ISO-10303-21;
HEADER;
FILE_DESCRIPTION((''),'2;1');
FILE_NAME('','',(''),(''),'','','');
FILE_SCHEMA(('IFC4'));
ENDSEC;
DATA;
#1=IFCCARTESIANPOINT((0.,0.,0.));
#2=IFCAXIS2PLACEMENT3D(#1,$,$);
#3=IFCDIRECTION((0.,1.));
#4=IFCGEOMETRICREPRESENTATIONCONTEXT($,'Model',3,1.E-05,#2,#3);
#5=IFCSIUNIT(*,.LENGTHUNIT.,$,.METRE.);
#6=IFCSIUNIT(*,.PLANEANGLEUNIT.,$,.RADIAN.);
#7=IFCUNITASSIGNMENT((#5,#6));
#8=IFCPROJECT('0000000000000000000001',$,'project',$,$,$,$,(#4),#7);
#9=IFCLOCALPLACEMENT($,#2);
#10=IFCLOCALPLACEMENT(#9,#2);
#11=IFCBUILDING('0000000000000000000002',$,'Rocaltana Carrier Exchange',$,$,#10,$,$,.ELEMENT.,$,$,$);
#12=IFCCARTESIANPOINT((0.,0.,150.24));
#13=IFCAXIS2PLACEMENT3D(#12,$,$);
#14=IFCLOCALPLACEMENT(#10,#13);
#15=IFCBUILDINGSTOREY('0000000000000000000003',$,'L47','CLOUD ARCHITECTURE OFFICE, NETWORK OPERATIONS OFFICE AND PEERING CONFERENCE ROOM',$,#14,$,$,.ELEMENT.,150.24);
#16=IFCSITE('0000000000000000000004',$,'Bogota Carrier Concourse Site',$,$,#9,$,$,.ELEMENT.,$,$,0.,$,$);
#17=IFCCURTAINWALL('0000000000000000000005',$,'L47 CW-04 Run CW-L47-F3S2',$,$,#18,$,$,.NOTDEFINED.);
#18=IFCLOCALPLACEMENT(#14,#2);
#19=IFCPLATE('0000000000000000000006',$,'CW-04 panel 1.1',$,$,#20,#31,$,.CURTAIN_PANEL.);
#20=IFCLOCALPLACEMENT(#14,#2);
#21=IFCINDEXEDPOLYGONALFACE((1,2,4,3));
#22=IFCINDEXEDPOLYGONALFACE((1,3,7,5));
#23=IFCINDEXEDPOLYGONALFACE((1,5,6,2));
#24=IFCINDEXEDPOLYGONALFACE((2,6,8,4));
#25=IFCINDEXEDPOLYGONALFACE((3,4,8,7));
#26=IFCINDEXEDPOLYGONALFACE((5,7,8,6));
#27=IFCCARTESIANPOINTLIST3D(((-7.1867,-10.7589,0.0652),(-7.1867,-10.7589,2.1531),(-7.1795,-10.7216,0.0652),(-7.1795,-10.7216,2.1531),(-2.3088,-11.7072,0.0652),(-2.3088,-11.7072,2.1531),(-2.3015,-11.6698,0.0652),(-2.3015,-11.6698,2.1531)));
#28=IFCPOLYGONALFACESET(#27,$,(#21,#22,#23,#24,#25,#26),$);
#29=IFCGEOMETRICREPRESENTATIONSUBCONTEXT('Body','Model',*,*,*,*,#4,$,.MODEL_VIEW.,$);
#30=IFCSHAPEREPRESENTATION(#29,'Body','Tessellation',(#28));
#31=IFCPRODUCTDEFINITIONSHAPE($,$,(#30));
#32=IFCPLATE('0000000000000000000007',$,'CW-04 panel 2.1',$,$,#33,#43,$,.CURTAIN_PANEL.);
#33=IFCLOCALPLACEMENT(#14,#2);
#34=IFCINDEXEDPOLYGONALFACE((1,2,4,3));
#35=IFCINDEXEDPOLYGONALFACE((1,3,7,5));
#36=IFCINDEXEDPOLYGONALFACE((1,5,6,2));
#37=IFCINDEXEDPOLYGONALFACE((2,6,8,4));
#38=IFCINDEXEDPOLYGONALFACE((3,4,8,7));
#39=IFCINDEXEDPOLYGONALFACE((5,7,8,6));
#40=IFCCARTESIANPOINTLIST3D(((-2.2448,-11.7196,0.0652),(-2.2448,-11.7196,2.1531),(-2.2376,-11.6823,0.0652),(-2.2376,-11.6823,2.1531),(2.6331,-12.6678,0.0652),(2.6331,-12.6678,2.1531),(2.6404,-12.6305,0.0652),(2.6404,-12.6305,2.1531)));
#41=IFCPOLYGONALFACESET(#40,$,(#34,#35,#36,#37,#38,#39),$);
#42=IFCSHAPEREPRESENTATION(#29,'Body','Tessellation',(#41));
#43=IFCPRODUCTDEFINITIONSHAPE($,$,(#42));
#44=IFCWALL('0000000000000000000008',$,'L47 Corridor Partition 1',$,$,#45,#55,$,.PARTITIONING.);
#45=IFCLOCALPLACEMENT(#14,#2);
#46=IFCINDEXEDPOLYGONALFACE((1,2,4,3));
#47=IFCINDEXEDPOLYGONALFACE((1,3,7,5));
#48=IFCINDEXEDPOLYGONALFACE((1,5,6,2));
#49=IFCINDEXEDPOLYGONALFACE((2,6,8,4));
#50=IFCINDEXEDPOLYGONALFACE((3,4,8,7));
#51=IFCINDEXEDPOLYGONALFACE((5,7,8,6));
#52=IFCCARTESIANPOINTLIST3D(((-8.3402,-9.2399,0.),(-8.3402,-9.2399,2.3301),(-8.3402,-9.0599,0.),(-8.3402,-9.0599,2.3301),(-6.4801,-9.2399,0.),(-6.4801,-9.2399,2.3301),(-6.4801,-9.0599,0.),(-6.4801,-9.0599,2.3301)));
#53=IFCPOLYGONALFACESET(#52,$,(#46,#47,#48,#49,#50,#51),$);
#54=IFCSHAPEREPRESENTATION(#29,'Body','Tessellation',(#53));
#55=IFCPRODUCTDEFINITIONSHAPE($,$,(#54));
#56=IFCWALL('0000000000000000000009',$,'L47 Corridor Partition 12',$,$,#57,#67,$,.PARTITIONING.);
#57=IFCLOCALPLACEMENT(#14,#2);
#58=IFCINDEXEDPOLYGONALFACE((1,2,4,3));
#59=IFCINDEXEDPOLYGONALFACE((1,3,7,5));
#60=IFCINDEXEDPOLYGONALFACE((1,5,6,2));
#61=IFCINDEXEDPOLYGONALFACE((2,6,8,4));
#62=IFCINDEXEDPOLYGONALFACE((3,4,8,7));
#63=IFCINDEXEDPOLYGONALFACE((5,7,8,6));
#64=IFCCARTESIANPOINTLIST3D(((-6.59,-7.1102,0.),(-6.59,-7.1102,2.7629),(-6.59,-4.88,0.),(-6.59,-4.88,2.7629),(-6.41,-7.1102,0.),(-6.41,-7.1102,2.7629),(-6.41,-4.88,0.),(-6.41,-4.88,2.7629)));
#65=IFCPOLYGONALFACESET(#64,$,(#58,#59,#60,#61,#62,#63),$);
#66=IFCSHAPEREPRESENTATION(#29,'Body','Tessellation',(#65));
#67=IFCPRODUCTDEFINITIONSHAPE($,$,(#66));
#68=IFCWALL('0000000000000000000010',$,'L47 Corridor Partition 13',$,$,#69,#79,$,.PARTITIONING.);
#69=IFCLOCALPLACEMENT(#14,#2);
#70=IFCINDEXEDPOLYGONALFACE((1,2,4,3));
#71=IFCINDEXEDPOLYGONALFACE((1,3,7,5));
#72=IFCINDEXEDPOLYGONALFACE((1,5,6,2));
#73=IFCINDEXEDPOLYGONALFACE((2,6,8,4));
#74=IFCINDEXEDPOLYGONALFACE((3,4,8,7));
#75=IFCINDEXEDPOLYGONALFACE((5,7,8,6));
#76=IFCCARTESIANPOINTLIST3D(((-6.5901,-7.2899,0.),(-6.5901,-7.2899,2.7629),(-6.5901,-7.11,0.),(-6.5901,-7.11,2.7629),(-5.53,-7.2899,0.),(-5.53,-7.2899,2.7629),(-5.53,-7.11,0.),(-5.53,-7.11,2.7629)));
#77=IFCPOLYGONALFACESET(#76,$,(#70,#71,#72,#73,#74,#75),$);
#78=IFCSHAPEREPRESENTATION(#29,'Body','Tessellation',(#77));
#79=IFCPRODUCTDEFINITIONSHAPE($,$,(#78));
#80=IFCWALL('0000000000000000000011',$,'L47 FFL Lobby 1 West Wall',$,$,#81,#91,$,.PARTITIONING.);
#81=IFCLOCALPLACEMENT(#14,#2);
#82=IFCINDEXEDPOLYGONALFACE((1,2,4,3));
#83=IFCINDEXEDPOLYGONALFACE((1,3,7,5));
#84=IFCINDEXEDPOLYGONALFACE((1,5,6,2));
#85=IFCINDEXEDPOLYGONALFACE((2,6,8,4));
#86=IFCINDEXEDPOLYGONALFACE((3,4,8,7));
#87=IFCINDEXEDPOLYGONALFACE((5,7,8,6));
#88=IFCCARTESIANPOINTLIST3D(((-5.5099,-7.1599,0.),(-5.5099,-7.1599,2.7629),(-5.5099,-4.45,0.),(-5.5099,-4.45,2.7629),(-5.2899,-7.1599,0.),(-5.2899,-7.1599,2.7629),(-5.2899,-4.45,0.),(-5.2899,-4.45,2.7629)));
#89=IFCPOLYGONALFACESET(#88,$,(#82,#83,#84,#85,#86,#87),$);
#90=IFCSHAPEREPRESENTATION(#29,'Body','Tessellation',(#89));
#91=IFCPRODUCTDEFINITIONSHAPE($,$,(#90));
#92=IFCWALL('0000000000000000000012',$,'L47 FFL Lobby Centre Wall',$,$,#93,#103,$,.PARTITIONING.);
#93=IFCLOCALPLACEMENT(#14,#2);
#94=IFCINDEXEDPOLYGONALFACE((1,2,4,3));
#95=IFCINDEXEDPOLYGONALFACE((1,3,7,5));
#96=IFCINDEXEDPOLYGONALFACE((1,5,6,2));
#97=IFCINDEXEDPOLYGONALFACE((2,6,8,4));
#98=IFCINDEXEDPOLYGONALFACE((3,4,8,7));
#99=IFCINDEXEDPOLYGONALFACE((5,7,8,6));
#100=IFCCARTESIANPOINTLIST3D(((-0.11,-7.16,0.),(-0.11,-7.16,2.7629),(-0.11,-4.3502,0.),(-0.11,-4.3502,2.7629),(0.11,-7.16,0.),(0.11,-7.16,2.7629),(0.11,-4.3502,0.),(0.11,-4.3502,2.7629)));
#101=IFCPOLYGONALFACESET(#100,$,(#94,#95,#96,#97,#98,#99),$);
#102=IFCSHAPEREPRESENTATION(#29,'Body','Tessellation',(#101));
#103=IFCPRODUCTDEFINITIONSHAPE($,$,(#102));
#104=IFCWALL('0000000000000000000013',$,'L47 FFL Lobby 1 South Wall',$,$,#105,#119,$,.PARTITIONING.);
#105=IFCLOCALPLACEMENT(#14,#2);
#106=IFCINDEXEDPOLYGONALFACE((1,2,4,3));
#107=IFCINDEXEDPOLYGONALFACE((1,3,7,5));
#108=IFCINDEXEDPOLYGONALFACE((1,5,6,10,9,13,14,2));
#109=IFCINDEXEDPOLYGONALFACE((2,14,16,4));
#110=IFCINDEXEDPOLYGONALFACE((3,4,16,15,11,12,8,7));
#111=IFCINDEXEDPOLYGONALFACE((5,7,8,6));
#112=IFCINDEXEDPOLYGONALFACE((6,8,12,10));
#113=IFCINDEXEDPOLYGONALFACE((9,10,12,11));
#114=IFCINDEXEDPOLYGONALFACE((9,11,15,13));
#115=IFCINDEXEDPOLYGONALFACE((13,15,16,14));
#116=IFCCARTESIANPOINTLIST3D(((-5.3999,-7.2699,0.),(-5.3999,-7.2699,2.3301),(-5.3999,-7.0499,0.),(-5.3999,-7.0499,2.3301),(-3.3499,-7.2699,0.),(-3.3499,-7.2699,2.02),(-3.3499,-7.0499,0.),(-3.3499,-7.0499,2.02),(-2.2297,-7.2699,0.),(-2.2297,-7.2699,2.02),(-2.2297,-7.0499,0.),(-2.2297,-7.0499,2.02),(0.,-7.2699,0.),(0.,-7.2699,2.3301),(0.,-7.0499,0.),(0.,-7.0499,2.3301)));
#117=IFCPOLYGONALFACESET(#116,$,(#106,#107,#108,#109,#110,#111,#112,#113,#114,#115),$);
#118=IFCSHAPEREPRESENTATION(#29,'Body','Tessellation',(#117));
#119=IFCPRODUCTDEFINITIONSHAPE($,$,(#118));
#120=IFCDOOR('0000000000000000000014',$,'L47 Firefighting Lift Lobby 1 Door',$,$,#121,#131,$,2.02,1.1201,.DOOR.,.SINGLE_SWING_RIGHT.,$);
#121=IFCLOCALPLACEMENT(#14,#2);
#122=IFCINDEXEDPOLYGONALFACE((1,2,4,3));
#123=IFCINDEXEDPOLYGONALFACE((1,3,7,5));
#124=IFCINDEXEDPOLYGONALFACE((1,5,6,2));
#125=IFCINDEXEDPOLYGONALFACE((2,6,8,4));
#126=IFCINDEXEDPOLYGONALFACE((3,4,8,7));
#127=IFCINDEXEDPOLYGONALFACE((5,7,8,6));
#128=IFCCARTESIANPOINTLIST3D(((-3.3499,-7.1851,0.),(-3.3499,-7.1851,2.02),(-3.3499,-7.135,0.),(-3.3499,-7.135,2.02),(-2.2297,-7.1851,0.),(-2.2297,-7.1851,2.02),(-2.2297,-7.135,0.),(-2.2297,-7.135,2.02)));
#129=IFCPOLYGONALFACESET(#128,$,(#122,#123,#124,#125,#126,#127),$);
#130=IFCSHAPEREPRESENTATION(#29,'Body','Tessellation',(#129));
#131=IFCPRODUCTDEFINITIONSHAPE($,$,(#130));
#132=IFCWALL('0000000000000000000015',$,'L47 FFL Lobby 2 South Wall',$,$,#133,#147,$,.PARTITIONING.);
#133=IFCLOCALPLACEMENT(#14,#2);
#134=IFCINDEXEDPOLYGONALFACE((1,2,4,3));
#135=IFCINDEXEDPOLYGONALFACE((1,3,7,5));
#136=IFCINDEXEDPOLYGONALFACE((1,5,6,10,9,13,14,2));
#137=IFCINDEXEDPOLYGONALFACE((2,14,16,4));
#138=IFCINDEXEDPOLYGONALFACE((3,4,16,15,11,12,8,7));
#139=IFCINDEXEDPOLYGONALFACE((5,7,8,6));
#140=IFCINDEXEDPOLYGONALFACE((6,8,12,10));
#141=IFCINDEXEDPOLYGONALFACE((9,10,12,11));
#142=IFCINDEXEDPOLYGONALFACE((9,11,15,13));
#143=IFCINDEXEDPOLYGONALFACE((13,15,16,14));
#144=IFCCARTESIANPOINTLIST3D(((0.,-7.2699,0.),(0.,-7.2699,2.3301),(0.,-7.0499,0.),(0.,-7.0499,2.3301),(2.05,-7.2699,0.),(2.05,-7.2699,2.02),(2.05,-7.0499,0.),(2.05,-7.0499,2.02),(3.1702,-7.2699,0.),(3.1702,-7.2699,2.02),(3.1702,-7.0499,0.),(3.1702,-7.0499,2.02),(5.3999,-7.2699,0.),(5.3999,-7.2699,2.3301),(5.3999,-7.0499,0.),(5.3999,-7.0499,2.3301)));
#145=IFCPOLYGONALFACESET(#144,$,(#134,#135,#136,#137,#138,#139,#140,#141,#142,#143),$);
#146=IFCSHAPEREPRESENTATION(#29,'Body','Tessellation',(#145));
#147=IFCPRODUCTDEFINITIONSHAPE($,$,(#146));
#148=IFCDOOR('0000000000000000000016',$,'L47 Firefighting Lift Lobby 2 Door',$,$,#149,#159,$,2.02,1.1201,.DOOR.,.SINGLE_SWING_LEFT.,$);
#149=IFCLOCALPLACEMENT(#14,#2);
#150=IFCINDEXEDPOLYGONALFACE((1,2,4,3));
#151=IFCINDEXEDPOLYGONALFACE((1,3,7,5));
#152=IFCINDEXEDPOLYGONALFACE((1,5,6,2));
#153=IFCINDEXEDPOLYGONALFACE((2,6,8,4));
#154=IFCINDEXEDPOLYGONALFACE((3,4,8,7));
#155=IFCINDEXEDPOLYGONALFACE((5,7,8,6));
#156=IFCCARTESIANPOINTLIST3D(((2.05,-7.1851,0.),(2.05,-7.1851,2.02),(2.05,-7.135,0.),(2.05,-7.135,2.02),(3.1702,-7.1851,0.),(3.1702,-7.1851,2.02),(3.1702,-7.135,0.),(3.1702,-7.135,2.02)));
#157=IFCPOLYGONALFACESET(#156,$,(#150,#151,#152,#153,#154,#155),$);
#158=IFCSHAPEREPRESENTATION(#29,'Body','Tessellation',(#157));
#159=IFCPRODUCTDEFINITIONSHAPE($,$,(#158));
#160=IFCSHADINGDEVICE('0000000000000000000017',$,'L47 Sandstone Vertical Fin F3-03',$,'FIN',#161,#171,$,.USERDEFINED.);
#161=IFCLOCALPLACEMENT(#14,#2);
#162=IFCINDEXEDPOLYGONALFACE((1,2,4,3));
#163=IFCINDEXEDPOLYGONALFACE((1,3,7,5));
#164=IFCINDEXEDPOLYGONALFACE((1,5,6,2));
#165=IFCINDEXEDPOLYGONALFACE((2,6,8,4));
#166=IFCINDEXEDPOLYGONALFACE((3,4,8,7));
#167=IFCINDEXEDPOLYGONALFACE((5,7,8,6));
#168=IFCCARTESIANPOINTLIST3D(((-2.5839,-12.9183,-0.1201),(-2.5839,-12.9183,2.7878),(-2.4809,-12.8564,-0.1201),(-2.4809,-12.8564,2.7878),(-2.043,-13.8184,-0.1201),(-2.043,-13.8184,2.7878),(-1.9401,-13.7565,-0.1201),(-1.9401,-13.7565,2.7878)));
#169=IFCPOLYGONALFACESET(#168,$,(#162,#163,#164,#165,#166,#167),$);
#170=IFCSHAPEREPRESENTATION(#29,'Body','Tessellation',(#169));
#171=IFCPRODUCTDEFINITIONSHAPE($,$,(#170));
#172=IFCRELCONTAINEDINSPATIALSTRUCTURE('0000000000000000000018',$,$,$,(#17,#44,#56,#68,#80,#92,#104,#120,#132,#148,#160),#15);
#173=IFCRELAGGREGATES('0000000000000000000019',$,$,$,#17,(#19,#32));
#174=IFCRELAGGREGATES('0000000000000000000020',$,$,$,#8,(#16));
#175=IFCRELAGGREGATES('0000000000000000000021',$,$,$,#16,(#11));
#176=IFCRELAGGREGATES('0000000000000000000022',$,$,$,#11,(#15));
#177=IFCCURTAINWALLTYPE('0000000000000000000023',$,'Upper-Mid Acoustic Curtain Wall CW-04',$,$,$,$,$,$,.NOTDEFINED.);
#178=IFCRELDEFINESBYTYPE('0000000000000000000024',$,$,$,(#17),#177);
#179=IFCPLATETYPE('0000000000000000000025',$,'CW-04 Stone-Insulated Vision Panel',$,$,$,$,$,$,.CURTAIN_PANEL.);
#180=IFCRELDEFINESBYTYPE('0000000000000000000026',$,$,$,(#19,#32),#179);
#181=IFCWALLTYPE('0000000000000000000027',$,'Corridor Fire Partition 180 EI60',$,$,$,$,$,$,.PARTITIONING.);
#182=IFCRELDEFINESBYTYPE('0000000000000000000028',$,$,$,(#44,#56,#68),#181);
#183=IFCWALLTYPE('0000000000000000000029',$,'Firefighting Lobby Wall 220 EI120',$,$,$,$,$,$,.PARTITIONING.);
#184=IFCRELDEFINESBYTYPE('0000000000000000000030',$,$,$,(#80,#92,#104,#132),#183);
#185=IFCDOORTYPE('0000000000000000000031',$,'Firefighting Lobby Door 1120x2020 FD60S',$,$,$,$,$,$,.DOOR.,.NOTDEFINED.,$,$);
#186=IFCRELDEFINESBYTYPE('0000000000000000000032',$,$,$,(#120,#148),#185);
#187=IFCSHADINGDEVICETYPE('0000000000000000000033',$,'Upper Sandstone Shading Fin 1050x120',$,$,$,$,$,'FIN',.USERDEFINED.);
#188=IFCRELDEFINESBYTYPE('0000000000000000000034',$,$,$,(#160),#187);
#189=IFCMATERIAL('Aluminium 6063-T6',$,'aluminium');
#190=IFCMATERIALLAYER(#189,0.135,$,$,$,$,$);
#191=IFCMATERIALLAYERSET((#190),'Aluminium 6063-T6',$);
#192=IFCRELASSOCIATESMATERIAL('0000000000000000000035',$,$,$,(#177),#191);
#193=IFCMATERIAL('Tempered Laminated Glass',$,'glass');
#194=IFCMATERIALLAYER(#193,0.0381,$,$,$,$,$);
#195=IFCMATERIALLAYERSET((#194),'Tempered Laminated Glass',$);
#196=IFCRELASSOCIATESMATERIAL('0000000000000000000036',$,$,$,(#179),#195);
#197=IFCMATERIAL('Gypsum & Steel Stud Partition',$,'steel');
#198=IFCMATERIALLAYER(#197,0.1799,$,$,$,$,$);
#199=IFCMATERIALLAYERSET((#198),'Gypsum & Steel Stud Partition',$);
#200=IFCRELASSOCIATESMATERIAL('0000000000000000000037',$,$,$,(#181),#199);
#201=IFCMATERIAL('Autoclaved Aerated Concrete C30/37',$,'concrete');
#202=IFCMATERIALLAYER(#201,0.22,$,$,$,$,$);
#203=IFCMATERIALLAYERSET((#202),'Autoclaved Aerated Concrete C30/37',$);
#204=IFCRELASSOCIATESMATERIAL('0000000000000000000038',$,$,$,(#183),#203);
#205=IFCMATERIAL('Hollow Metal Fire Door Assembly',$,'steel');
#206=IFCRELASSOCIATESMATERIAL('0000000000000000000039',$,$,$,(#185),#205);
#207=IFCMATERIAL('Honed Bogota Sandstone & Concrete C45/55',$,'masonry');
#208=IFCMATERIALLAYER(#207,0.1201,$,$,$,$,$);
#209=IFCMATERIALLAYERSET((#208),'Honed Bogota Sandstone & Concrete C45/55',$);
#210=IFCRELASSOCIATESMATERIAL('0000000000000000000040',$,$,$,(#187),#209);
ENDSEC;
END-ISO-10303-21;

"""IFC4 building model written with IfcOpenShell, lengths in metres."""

from ifc_helpers import new_model, si_unit, direction, frame, frame_2d, origin, origin_2d, place, context, subcontext, project, spatial, rectangle, extrude, material, layer, layer_set, type_object, element, fill, aggregate, save


model = new_model("IFC4")

# Units and contexts
model_context = context("Model", 3, precision=1e-05, world=origin(), true_north=direction((0.0, 1.0)))
body_context = subcontext(model_context, "Body", "Model", "MODEL_VIEW")
ifc_project = project(units=[si_unit("LENGTHUNIT", "METRE"), si_unit("PLANEANGLEUNIT", "RADIAN")], contexts=[model_context])

# Site, building, storey
site_placement = place(None, origin())
site = spatial("IfcSite", under=ifc_project, at=site_placement, Name="Bogota Carrier Concourse Site", CompositionType="ELEMENT", RefElevation=0.0)
building_placement = place(site_placement, origin())
building = spatial("IfcBuilding", under=site, at=building_placement, Name="Rocaltana Carrier Exchange", CompositionType="ELEMENT")
storey_placement = place(building_placement, frame((0.0, 0.0, 150.24)))
storey = spatial("IfcBuildingStorey", under=building, at=storey_placement, Name="L47", Description="CLOUD ARCHITECTURE OFFICE, NETWORK OPERATIONS OFFICE AND PEERING CONFERENCE ROOM", CompositionType="ELEMENT", Elevation=150.24)

# Curtain wall
ifc_material_1 = material(Name="Aluminium 6063-T6", Category="aluminium")
ifc_layer_1 = layer(ifc_material_1, 0.135)
ifc_layer_set_1 = layer_set([ifc_layer_1], Name="Aluminium 6063-T6")
curtain_wall_type = type_object("IfcCurtainWallType", Name="Upper-Mid Acoustic Curtain Wall CW-04", PredefinedType="NOTDEFINED", material=ifc_layer_set_1)
curtain_wall_placement = place(storey_placement, origin())
curtain_wall = element("IfcCurtainWall", 1, at=curtain_wall_placement, inside=storey, type_object=curtain_wall_type, Name="L47 CW-04 Run CW-L47-F3S2", PredefinedType="NOTDEFINED")

# Plates
ifc_material_2 = material(Name="Tempered Laminated Glass", Category="glass")
ifc_layer_2 = layer(ifc_material_2, 0.0381)
ifc_layer_set_2 = layer_set([ifc_layer_2], Name="Tempered Laminated Glass")
plate_type = type_object("IfcPlateType", Name="CW-04 Stone-Insulated Vision Panel", PredefinedType="CURTAIN_PANEL", material=ifc_layer_set_2)
plate_1_placement = place(storey_placement, frame((-4.7441, -11.2144, 0.0652), z_axis=(0.0, 0.0, 1.0), x_axis=(0.981626, -0.190815, 0.0)))
plate_1 = element("IfcPlate", 2, at=plate_1_placement, type_object=plate_type, Name="CW-04 panel 1.1", PredefinedType="CURTAIN_PANEL", context=body_context, shape_type="SweptSolid", body=[
    extrude(rectangle(XDim=4.9692, YDim=0.0381, at=origin_2d()), origin(), (0.0, 0.0, 1.0), 2.0879),
])
plate_2_placement = place(storey_placement, frame((0.1978, -12.175, 0.0652), z_axis=(0.0, 0.0, 1.0), x_axis=(0.981626, -0.190815, 0.0)))
plate_2 = element("IfcPlate", 3, at=plate_2_placement, type_object=plate_type, Name="CW-04 panel 2.1", PredefinedType="CURTAIN_PANEL", context=body_context, shape_type="SweptSolid", body=[
    extrude(rectangle(XDim=4.9692, YDim=0.0381, at=origin_2d()), origin(), (0.0, 0.0, 1.0), 2.0879),
])
aggregate(curtain_wall, [plate_1, plate_2])

# Walls
ifc_material_3 = material(Name="Gypsum & Steel Stud Partition", Category="steel")
ifc_layer_3 = layer(ifc_material_3, 0.1799)
ifc_layer_set_3 = layer_set([ifc_layer_3], Name="Gypsum & Steel Stud Partition")
wall_type_1 = type_object("IfcWallType", Name="Corridor Fire Partition 180 EI60", PredefinedType="PARTITIONING", material=ifc_layer_set_3)
wall_1_placement = place(storey_placement, frame((-6.48, -9.1499, 0.0), z_axis=(0.0, 0.0, 1.0), x_axis=(-1.0, 0.0, 0.0)))
element("IfcWall", 4, at=wall_1_placement, inside=storey, type_object=wall_type_1, Name="L47 Corridor Partition 1", PredefinedType="PARTITIONING", context=body_context, shape_type="SweptSolid", body=[
    extrude(rectangle(XDim=1.8601, YDim=0.1799, at=frame_2d((0.9302, 0.0))), origin(), (0.0, 0.0, 1.0), 2.3301),
])
wall_2_placement = place(storey_placement, frame((-6.5, -4.8799, 0.0), z_axis=(0.0, 0.0, 1.0), x_axis=(0.0, -1.0, 0.0)))
element("IfcWall", 5, at=wall_2_placement, inside=storey, type_object=wall_type_1, Name="L47 Corridor Partition 12", PredefinedType="PARTITIONING", context=body_context, shape_type="SweptSolid", body=[
    extrude(rectangle(XDim=2.2302, YDim=0.1799, at=frame_2d((1.1152, 0.0))), origin(), (0.0, 0.0, 1.0), 2.7629),
])
wall_3_placement = place(storey_placement, frame((-6.5901, -7.2, 0.0), z_axis=(0.0, 0.0, 1.0), x_axis=(1.0, 0.0, 0.0)))
element("IfcWall", 6, at=wall_3_placement, inside=storey, type_object=wall_type_1, Name="L47 Corridor Partition 13", PredefinedType="PARTITIONING", context=body_context, shape_type="SweptSolid", body=[
    extrude(rectangle(XDim=1.0601, YDim=0.1799, at=frame_2d((0.53, 0.0))), origin(), (0.0, 0.0, 1.0), 2.7629),
])
ifc_material_4 = material(Name="Autoclaved Aerated Concrete C30/37", Category="concrete")
ifc_layer_4 = layer(ifc_material_4, 0.22)
ifc_layer_set_4 = layer_set([ifc_layer_4], Name="Autoclaved Aerated Concrete C30/37")
wall_type_2 = type_object("IfcWallType", Name="Firefighting Lobby Wall 220 EI120", PredefinedType="PARTITIONING", material=ifc_layer_set_4)
wall_4_placement = place(storey_placement, frame((-5.3999, -7.1599, 0.0), z_axis=(0.0, 0.0, 1.0), x_axis=(0.0, 1.0, 0.0)))
element("IfcWall", 7, at=wall_4_placement, inside=storey, type_object=wall_type_2, Name="L47 FFL Lobby 1 West Wall", PredefinedType="PARTITIONING", context=body_context, shape_type="SweptSolid", body=[
    extrude(rectangle(XDim=2.71, YDim=0.22, at=frame_2d((1.355, 0.0))), origin(), (0.0, 0.0, 1.0), 2.7629),
])
wall_5_placement = place(storey_placement, frame((0.0, -7.1599, 0.0), z_axis=(0.0, 0.0, 1.0), x_axis=(0.0, 1.0, 0.0)))
element("IfcWall", 8, at=wall_5_placement, inside=storey, type_object=wall_type_2, Name="L47 FFL Lobby Centre Wall", PredefinedType="PARTITIONING", context=body_context, shape_type="SweptSolid", body=[
    extrude(rectangle(XDim=2.8098, YDim=0.22, at=frame_2d((1.4048, 0.0))), origin(), (0.0, 0.0, 1.0), 2.7629),
])

# Walls, openings, doors
wall_6_placement = place(storey_placement, frame((-5.3999, -7.1599, 0.0), z_axis=(0.0, 0.0, 1.0), x_axis=(1.0, 0.0, 0.0)))
wall_6 = element("IfcWall", 9, at=wall_6_placement, inside=storey, type_object=wall_type_2, Name="L47 FFL Lobby 1 South Wall", PredefinedType="PARTITIONING", context=body_context, shape_type="SweptSolid", body=[
    extrude(rectangle(XDim=5.3999, YDim=0.22, at=frame_2d((2.7, 0.0))), origin(), (0.0, 0.0, 1.0), 2.3301),
])
opening_1_placement = place(wall_6_placement, frame((2.05, 0.0, 0.0)))
opening_1 = element("IfcOpeningElement", 10, at=opening_1_placement, cuts=wall_6, PredefinedType="OPENING", context=body_context, shape_type="SweptSolid", body=[
    extrude(rectangle(XDim=1.1201, YDim=2.02, at=frame_2d((0.5601, 1.01))), frame((0.0, 0.1199, 0.0), z_axis=(0.0, -1.0, 0.0), x_axis=(1.0, 0.0, 0.0)), (0.0, 0.0, 1.0), 0.24),
])
ifc_material_5 = material(Name="Hollow Metal Fire Door Assembly", Category="steel")
door_type = type_object("IfcDoorType", Name="Firefighting Lobby Door 1120x2020 FD60S", OperationType="NOTDEFINED", PredefinedType="DOOR", material=ifc_material_5)
door_1_placement = place(opening_1_placement, origin())
door_1 = element("IfcDoor", 11, at=door_1_placement, inside=storey, type_object=door_type, Name="L47 Firefighting Lift Lobby 1 Door", OperationType="SINGLE_SWING_RIGHT", OverallHeight=2.02, OverallWidth=1.1201, PredefinedType="DOOR", context=body_context, shape_type="SweptSolid", body=[
    extrude(rectangle(XDim=1.1201, YDim=2.02, at=frame_2d((0.5601, 1.01))), frame((0.0, 0.0249, 0.0), z_axis=(0.0, -1.0, 0.0), x_axis=(1.0, 0.0, 0.0)), (0.0, 0.0, 1.0), 0.05),
])
fill(opening_1, door_1)
wall_7_placement = place(storey_placement, frame((0.0, -7.1599, 0.0), z_axis=(0.0, 0.0, 1.0), x_axis=(1.0, 0.0, 0.0)))
wall_7 = element("IfcWall", 12, at=wall_7_placement, inside=storey, type_object=wall_type_2, Name="L47 FFL Lobby 2 South Wall", PredefinedType="PARTITIONING", context=body_context, shape_type="SweptSolid", body=[
    extrude(rectangle(XDim=5.3999, YDim=0.22, at=frame_2d((2.7, 0.0))), origin(), (0.0, 0.0, 1.0), 2.3301),
])
opening_2_placement = place(wall_7_placement, frame((2.05, 0.0, 0.0)))
opening_2 = element("IfcOpeningElement", 13, at=opening_2_placement, cuts=wall_7, PredefinedType="OPENING", context=body_context, shape_type="SweptSolid", body=[
    extrude(rectangle(XDim=1.1201, YDim=2.02, at=frame_2d((0.5601, 1.01))), frame((0.0, 0.1199, 0.0), z_axis=(0.0, -1.0, 0.0), x_axis=(1.0, 0.0, 0.0)), (0.0, 0.0, 1.0), 0.24),
])
door_2_placement = place(opening_2_placement, origin())
door_2 = element("IfcDoor", 14, at=door_2_placement, inside=storey, type_object=door_type, Name="L47 Firefighting Lift Lobby 2 Door", OperationType="SINGLE_SWING_LEFT", OverallHeight=2.02, OverallWidth=1.1201, PredefinedType="DOOR", context=body_context, shape_type="SweptSolid", body=[
    extrude(rectangle(XDim=1.1201, YDim=2.02, at=frame_2d((0.5601, 1.01))), frame((0.0, 0.0249, 0.0), z_axis=(0.0, -1.0, 0.0), x_axis=(1.0, 0.0, 0.0)), (0.0, 0.0, 1.0), 0.05),
])
fill(opening_2, door_2)

# Shading device
ifc_material_6 = material(Name="Honed Bogota Sandstone & Concrete C45/55", Category="masonry")
ifc_layer_5 = layer(ifc_material_6, 0.1201)
ifc_layer_set_5 = layer_set([ifc_layer_5], Name="Honed Bogota Sandstone & Concrete C45/55")
shading_device_type = type_object("IfcShadingDeviceType", Name="Upper Sandstone Shading Fin 1050x120", ElementType="FIN", PredefinedType="USERDEFINED", material=ifc_layer_set_5)
shading_device_placement = place(storey_placement, frame((-2.262, -13.3374, -0.1201), z_axis=(0.0, 0.0, 1.0), x_axis=(0.515038, -0.857167, 0.0)))
element("IfcShadingDevice", 15, at=shading_device_placement, inside=storey, type_object=shading_device_type, Name="L47 Sandstone Vertical Fin F3-03", ObjectType="FIN", PredefinedType="USERDEFINED", context=body_context, shape_type="SweptSolid", body=[
    extrude(rectangle(XDim=1.05, YDim=0.1201, at=origin_2d()), origin(), (0.0, 0.0, 1.0), 2.908),
])

save(model, "model.ifc")
